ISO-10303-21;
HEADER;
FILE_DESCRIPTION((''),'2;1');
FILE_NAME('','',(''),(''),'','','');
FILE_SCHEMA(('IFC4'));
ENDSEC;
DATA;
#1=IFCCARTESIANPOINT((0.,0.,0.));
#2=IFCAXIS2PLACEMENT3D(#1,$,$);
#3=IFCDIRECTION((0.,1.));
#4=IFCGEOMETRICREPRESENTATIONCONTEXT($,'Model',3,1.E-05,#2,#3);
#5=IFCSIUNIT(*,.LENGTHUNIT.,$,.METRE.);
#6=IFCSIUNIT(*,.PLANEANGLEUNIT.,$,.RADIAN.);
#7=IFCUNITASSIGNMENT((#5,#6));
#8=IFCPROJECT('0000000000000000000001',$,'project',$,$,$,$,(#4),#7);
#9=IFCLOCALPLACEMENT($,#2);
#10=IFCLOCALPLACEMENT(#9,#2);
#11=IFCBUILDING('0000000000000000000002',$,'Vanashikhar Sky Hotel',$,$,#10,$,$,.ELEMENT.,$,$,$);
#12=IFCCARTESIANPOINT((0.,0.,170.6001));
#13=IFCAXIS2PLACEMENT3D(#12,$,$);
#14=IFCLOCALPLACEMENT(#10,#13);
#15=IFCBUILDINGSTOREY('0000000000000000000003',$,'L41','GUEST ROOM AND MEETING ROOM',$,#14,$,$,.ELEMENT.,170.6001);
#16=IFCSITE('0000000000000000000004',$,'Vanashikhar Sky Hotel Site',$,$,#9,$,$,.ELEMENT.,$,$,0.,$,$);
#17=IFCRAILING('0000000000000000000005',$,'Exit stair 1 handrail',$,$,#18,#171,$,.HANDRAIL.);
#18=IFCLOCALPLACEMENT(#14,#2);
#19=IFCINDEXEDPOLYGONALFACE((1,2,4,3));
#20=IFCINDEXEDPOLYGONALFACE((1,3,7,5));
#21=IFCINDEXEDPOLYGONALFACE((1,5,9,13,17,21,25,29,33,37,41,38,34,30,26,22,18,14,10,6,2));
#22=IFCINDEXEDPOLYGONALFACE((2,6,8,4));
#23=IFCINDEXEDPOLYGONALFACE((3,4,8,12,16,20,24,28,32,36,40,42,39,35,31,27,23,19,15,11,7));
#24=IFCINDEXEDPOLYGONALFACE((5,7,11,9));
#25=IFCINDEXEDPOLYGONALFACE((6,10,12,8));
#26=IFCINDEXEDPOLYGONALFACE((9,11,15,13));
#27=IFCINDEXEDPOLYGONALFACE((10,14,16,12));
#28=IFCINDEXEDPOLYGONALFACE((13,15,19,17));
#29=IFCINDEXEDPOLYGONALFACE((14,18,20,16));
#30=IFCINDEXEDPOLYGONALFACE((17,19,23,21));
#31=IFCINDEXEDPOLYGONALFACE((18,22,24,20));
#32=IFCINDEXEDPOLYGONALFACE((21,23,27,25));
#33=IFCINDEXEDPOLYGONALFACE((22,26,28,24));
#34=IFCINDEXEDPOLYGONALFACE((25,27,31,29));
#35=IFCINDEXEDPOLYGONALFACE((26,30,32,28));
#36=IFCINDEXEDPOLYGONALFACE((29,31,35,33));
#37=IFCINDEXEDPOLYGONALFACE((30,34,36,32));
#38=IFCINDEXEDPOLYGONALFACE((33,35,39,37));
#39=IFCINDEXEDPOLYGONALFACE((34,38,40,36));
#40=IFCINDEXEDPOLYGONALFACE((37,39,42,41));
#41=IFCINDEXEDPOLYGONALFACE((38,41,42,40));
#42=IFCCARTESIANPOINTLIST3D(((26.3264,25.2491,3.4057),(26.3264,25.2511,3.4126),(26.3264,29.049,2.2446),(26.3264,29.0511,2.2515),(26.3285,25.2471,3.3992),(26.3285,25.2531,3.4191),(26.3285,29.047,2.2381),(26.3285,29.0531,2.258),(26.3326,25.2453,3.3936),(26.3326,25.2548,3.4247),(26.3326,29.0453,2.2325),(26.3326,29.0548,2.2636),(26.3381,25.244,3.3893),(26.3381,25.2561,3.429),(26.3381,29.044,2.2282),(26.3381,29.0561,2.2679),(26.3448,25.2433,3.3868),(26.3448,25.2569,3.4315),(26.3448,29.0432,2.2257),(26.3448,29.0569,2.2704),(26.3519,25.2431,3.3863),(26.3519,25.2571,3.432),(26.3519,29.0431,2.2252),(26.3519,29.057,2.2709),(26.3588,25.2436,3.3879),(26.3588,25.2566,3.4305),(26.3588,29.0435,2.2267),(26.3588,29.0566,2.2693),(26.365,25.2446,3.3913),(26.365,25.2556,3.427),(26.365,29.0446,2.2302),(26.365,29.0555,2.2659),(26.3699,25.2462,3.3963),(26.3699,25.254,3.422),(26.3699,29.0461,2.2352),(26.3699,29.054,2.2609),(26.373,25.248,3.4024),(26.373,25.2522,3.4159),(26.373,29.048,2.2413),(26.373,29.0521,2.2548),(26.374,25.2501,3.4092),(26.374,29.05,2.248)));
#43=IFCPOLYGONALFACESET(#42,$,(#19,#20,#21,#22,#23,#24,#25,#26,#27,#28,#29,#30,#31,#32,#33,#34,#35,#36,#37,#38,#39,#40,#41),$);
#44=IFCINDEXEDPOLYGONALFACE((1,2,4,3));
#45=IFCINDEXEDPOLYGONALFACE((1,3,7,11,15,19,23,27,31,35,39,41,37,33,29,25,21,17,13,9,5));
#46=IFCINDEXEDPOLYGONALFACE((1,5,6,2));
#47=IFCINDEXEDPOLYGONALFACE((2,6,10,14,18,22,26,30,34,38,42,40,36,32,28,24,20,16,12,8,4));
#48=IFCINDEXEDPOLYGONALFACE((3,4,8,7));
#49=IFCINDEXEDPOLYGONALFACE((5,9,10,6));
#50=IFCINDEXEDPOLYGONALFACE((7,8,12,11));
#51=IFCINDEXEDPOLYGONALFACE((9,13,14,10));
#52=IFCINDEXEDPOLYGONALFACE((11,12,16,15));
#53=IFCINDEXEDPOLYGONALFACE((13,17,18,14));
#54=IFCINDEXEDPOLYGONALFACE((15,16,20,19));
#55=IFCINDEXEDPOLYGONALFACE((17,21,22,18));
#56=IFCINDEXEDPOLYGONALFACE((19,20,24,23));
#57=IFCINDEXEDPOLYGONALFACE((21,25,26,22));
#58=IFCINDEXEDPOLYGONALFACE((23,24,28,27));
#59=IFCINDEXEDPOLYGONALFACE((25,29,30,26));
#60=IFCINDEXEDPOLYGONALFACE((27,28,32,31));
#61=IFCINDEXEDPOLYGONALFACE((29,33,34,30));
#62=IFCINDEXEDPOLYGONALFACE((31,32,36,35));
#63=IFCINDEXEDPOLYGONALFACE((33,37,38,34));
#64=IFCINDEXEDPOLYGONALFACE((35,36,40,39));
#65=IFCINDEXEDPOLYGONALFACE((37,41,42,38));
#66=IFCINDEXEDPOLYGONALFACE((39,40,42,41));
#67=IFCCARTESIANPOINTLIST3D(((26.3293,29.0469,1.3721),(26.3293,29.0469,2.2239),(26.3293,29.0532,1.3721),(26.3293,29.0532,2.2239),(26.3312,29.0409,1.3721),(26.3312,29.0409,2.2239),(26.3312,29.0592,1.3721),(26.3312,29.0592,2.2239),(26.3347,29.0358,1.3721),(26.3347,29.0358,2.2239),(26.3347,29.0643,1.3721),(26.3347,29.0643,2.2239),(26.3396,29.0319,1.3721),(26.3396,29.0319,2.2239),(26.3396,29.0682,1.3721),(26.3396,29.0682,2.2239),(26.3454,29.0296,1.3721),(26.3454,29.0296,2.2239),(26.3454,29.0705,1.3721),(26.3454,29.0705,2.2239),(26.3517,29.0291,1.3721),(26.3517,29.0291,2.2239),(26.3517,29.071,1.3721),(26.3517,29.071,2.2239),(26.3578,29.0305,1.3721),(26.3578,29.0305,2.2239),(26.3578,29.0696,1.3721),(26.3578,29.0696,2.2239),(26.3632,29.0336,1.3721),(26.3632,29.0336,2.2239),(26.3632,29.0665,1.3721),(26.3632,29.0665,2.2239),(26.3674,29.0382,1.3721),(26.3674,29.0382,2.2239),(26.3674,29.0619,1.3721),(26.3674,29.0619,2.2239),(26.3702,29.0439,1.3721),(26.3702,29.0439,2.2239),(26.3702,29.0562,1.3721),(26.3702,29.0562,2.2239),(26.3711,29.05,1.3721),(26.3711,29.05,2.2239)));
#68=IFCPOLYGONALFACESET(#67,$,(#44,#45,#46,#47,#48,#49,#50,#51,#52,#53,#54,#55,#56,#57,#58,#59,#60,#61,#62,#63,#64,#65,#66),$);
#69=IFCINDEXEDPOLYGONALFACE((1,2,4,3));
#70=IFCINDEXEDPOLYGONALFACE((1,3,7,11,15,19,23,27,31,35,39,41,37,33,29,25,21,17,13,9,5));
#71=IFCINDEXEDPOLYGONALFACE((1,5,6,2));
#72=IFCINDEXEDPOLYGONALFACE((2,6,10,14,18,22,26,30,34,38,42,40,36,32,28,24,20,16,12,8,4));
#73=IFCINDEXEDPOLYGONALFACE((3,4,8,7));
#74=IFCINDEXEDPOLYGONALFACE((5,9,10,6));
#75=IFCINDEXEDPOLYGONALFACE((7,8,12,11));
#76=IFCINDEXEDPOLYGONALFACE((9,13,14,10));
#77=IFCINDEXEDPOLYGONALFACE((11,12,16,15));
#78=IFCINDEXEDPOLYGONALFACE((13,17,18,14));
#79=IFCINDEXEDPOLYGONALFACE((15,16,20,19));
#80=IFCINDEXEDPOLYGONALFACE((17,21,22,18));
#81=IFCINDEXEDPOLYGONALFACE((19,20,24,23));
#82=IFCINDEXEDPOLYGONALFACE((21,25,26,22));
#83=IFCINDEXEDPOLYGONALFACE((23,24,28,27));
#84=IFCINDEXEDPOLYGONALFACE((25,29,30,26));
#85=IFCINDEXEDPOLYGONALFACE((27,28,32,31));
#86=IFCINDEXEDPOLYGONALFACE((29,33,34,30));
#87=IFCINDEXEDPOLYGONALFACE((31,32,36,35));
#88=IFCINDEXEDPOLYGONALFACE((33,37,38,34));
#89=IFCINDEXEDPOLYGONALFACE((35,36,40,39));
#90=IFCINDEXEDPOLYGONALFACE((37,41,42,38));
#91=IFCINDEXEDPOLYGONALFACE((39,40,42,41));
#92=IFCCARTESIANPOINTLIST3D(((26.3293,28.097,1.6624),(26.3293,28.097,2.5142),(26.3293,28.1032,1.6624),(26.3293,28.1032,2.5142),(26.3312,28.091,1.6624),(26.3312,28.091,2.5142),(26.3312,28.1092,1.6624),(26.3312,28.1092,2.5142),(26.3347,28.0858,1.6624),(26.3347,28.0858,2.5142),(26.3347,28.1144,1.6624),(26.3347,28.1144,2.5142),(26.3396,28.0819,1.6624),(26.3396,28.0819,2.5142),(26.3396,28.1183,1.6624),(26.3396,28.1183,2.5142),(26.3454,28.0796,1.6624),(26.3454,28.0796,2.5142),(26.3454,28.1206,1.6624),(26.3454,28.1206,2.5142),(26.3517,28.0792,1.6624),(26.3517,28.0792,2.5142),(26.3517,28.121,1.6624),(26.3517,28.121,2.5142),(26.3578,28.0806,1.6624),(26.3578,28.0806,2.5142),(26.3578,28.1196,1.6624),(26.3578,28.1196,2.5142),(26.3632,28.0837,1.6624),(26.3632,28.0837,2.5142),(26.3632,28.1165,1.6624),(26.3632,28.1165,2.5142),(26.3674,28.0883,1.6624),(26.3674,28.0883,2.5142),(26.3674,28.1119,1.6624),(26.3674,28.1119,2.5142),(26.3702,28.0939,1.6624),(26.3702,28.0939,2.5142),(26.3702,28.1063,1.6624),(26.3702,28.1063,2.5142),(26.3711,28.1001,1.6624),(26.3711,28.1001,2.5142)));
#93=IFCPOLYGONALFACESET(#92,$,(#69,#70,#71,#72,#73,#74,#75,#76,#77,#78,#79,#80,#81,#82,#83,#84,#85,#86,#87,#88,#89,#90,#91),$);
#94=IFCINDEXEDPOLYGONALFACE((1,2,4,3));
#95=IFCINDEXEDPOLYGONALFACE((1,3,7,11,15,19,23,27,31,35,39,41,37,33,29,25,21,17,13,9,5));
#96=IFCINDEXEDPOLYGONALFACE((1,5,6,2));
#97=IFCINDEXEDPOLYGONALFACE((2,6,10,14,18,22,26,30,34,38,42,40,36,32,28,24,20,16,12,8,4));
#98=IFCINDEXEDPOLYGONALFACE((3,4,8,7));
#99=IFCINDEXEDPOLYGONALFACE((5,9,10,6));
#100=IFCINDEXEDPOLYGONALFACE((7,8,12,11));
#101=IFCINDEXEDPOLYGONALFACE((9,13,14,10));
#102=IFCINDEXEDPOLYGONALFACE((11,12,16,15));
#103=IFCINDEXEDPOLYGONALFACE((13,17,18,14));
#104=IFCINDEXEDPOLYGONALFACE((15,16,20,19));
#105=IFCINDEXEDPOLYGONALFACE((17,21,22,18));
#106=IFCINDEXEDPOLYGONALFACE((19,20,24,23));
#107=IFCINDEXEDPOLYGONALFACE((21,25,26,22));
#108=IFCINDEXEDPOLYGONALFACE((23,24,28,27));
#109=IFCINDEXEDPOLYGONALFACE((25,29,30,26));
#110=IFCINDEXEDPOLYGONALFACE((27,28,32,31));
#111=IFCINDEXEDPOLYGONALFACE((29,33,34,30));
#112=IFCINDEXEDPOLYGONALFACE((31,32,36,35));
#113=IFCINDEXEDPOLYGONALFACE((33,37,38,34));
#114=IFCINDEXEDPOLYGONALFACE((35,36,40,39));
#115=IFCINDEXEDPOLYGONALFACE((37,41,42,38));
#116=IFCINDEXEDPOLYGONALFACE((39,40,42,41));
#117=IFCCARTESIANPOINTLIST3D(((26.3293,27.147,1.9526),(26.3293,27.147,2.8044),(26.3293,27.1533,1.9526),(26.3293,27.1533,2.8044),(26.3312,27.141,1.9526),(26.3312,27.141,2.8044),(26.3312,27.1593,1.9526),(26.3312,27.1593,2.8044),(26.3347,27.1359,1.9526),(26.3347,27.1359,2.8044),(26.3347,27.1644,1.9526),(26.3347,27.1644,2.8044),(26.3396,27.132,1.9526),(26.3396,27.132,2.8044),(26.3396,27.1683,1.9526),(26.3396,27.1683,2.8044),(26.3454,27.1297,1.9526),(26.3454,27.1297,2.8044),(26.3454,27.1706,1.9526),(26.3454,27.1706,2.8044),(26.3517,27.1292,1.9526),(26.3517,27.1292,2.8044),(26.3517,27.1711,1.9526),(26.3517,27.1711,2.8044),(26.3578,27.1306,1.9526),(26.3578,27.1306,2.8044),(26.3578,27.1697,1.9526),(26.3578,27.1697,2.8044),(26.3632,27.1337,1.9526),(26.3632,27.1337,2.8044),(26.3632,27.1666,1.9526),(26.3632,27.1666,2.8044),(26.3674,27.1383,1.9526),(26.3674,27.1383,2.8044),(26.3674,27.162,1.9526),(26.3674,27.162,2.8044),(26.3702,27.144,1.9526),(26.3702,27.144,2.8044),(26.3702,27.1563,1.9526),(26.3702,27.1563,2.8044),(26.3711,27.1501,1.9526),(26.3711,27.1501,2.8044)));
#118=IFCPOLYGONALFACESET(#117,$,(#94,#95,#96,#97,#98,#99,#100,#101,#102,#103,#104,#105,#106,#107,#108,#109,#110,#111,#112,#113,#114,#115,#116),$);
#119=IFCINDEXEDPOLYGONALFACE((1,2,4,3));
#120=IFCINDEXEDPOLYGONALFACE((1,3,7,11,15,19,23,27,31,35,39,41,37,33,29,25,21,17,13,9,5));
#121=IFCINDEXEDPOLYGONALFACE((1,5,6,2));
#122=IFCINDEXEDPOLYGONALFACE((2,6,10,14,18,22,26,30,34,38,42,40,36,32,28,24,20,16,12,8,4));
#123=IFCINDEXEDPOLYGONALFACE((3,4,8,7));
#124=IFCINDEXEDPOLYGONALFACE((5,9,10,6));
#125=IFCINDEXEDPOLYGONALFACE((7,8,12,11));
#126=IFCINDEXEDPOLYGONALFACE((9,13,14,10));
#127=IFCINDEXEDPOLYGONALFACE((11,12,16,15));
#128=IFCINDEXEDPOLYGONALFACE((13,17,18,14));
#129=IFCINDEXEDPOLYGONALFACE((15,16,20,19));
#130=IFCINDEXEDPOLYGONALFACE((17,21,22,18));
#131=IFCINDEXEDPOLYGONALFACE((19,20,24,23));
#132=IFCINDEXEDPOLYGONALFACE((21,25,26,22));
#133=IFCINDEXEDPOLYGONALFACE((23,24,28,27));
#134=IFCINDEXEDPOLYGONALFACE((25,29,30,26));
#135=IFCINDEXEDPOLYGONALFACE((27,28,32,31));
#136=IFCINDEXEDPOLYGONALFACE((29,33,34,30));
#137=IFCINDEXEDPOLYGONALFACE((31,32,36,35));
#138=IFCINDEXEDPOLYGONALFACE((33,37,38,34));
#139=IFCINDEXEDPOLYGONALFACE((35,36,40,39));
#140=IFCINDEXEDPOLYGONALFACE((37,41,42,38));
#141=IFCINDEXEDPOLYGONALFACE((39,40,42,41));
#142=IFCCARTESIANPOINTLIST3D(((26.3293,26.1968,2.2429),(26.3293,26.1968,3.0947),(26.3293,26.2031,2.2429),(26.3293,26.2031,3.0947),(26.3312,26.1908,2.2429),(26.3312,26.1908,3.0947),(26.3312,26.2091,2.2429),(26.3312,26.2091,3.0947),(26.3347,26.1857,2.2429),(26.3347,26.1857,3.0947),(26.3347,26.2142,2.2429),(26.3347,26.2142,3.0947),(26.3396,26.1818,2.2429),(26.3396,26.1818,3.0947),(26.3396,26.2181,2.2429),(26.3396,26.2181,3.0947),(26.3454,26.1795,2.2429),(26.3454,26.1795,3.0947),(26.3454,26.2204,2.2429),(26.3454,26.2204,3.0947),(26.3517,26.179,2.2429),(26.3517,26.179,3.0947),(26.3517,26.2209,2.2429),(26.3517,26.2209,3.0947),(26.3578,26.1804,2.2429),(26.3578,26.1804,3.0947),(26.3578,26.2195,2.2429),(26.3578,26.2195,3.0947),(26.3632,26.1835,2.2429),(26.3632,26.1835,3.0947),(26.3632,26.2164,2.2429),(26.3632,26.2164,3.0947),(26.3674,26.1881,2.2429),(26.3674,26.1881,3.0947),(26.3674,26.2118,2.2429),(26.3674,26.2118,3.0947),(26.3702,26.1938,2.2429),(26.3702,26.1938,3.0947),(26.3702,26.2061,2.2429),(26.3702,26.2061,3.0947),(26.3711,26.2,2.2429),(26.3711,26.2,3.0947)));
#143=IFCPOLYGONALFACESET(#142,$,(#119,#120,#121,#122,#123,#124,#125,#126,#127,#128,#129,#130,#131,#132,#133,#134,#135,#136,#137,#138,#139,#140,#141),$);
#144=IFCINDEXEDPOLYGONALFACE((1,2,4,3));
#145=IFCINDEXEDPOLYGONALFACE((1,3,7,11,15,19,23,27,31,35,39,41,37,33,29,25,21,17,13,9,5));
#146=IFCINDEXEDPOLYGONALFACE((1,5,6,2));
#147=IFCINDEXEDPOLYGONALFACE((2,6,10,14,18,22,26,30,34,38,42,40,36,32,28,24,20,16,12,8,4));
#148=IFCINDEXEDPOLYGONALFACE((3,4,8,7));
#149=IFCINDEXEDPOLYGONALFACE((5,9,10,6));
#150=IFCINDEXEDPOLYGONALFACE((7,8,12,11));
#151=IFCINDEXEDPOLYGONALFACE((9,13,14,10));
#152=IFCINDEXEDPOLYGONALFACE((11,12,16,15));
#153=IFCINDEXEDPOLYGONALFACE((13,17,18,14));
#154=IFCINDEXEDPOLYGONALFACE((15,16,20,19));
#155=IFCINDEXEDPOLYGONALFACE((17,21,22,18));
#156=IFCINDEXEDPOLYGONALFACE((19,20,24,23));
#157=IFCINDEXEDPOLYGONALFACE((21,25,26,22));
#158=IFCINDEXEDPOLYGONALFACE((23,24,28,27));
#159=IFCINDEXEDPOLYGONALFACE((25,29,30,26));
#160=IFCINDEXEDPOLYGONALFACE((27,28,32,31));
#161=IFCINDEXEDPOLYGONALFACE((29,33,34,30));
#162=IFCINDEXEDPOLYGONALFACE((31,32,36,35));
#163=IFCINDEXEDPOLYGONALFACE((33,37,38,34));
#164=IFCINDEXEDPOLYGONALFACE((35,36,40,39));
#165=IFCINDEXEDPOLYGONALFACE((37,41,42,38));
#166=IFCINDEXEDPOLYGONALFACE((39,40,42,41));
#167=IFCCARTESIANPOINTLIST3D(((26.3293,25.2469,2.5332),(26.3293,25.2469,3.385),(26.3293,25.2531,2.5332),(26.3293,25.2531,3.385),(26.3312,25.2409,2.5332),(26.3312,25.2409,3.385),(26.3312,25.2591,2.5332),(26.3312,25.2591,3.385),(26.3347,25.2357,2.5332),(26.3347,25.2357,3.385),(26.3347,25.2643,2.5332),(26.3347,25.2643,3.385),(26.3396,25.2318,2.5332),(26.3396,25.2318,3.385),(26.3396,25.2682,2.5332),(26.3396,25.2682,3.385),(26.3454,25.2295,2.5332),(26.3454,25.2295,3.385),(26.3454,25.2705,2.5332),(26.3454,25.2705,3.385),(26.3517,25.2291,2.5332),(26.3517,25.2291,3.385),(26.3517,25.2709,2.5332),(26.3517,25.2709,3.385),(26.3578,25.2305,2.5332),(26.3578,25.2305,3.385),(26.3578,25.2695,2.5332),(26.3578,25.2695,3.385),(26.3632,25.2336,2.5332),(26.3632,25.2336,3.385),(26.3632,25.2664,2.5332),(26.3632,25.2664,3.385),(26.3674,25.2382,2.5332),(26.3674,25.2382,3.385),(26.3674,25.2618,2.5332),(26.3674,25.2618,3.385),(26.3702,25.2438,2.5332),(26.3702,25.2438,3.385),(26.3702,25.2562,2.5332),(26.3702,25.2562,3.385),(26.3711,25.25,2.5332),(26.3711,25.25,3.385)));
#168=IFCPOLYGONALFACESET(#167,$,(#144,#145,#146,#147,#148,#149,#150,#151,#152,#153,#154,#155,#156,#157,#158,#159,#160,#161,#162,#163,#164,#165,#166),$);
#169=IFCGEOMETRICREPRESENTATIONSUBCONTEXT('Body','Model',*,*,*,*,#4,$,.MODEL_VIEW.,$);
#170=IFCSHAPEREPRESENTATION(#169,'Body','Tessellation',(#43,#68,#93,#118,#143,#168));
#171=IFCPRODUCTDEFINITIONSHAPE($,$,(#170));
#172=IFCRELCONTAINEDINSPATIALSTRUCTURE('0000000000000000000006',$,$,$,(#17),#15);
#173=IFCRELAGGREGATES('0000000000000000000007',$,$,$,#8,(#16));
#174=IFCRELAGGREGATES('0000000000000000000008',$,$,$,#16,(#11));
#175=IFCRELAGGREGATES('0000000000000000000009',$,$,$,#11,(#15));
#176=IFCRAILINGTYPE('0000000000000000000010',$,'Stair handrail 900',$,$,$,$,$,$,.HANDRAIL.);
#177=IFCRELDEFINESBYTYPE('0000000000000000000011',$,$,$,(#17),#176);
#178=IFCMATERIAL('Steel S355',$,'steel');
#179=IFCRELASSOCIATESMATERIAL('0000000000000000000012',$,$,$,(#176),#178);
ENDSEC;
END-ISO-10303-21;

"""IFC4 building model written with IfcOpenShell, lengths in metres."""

from ifc_helpers import new_model, si_unit, direction, frame, origin, origin_2d, place, context, subcontext, project, spatial, circle, extrude, source, transform, mapped, material, type_object, element, save


model = new_model("IFC4")

# Units and contexts
model_context = context("Model", 3, precision=1e-05, world=origin(), true_north=direction((0.0, 1.0)))
body_context = subcontext(model_context, "Body", "Model", "MODEL_VIEW")
ifc_project = project(units=[si_unit("LENGTHUNIT", "METRE"), si_unit("PLANEANGLEUNIT", "RADIAN")], contexts=[model_context])

# Site, building, storey
site_placement = place(None, origin())
site = spatial("IfcSite", under=ifc_project, at=site_placement, Name="Vanashikhar Sky Hotel Site", CompositionType="ELEMENT", RefElevation=0.0)
building_placement = place(site_placement, origin())
building = spatial("IfcBuilding", under=site, at=building_placement, Name="Vanashikhar Sky Hotel", CompositionType="ELEMENT")
storey_placement = place(building_placement, frame((0.0, 0.0, 170.6001)))
storey = spatial("IfcBuildingStorey", under=building, at=storey_placement, Name="L41", Description="GUEST ROOM AND MEETING ROOM", CompositionType="ELEMENT", Elevation=170.6001)

# Railing
ifc_material_1 = material(Name="Steel S355", Category="steel")
railing_type_1 = type_object("IfcRailingType", Name="Stair handrail 900", PredefinedType="HANDRAIL", material=ifc_material_1)
shared_shape_1 = source(origin(), body_context, "Body", "SweptSolid", [
    extrude(circle(Radius=0.0239, at=origin_2d()), frame((0.0, 0.0, 0.876), z_axis=(0.0, -0.956351, 0.29222), x_axis=(1.0, 0.0, 0.0)), (0.0, 0.0, 1.0), 3.9734),
    extrude(circle(Radius=0.021, at=origin_2d()), origin(), (0.0, 0.0, 1.0), 0.8518),
    extrude(circle(Radius=0.021, at=origin_2d()), frame((0.0, -0.95, 0.2903)), (0.0, 0.0, 1.0), 0.8518),
    extrude(circle(Radius=0.021, at=origin_2d()), frame((0.0, -1.8999, 0.5806)), (0.0, 0.0, 1.0), 0.8518),
    extrude(circle(Radius=0.021, at=origin_2d()), frame((0.0, -2.8501, 0.8708)), (0.0, 0.0, 1.0), 0.8518),
    extrude(circle(Radius=0.021, at=origin_2d()), frame((0.0, -3.8, 1.1611)), (0.0, 0.0, 1.0), 0.8518),
])
railing_1_placement = place(storey_placement, frame((26.3501, 29.05, 1.3721)))
element("IfcRailing", 1, at=railing_1_placement, inside=storey, type_object=railing_type_1, Name="Exit stair 1 handrail", PredefinedType="HANDRAIL", context=body_context, shape_type="MappedRepresentation", body=[
    mapped(shared_shape_1, transform((0.0, 0.0, 0.0), scale=1.0)),
])

save(model, "model.ifc")
